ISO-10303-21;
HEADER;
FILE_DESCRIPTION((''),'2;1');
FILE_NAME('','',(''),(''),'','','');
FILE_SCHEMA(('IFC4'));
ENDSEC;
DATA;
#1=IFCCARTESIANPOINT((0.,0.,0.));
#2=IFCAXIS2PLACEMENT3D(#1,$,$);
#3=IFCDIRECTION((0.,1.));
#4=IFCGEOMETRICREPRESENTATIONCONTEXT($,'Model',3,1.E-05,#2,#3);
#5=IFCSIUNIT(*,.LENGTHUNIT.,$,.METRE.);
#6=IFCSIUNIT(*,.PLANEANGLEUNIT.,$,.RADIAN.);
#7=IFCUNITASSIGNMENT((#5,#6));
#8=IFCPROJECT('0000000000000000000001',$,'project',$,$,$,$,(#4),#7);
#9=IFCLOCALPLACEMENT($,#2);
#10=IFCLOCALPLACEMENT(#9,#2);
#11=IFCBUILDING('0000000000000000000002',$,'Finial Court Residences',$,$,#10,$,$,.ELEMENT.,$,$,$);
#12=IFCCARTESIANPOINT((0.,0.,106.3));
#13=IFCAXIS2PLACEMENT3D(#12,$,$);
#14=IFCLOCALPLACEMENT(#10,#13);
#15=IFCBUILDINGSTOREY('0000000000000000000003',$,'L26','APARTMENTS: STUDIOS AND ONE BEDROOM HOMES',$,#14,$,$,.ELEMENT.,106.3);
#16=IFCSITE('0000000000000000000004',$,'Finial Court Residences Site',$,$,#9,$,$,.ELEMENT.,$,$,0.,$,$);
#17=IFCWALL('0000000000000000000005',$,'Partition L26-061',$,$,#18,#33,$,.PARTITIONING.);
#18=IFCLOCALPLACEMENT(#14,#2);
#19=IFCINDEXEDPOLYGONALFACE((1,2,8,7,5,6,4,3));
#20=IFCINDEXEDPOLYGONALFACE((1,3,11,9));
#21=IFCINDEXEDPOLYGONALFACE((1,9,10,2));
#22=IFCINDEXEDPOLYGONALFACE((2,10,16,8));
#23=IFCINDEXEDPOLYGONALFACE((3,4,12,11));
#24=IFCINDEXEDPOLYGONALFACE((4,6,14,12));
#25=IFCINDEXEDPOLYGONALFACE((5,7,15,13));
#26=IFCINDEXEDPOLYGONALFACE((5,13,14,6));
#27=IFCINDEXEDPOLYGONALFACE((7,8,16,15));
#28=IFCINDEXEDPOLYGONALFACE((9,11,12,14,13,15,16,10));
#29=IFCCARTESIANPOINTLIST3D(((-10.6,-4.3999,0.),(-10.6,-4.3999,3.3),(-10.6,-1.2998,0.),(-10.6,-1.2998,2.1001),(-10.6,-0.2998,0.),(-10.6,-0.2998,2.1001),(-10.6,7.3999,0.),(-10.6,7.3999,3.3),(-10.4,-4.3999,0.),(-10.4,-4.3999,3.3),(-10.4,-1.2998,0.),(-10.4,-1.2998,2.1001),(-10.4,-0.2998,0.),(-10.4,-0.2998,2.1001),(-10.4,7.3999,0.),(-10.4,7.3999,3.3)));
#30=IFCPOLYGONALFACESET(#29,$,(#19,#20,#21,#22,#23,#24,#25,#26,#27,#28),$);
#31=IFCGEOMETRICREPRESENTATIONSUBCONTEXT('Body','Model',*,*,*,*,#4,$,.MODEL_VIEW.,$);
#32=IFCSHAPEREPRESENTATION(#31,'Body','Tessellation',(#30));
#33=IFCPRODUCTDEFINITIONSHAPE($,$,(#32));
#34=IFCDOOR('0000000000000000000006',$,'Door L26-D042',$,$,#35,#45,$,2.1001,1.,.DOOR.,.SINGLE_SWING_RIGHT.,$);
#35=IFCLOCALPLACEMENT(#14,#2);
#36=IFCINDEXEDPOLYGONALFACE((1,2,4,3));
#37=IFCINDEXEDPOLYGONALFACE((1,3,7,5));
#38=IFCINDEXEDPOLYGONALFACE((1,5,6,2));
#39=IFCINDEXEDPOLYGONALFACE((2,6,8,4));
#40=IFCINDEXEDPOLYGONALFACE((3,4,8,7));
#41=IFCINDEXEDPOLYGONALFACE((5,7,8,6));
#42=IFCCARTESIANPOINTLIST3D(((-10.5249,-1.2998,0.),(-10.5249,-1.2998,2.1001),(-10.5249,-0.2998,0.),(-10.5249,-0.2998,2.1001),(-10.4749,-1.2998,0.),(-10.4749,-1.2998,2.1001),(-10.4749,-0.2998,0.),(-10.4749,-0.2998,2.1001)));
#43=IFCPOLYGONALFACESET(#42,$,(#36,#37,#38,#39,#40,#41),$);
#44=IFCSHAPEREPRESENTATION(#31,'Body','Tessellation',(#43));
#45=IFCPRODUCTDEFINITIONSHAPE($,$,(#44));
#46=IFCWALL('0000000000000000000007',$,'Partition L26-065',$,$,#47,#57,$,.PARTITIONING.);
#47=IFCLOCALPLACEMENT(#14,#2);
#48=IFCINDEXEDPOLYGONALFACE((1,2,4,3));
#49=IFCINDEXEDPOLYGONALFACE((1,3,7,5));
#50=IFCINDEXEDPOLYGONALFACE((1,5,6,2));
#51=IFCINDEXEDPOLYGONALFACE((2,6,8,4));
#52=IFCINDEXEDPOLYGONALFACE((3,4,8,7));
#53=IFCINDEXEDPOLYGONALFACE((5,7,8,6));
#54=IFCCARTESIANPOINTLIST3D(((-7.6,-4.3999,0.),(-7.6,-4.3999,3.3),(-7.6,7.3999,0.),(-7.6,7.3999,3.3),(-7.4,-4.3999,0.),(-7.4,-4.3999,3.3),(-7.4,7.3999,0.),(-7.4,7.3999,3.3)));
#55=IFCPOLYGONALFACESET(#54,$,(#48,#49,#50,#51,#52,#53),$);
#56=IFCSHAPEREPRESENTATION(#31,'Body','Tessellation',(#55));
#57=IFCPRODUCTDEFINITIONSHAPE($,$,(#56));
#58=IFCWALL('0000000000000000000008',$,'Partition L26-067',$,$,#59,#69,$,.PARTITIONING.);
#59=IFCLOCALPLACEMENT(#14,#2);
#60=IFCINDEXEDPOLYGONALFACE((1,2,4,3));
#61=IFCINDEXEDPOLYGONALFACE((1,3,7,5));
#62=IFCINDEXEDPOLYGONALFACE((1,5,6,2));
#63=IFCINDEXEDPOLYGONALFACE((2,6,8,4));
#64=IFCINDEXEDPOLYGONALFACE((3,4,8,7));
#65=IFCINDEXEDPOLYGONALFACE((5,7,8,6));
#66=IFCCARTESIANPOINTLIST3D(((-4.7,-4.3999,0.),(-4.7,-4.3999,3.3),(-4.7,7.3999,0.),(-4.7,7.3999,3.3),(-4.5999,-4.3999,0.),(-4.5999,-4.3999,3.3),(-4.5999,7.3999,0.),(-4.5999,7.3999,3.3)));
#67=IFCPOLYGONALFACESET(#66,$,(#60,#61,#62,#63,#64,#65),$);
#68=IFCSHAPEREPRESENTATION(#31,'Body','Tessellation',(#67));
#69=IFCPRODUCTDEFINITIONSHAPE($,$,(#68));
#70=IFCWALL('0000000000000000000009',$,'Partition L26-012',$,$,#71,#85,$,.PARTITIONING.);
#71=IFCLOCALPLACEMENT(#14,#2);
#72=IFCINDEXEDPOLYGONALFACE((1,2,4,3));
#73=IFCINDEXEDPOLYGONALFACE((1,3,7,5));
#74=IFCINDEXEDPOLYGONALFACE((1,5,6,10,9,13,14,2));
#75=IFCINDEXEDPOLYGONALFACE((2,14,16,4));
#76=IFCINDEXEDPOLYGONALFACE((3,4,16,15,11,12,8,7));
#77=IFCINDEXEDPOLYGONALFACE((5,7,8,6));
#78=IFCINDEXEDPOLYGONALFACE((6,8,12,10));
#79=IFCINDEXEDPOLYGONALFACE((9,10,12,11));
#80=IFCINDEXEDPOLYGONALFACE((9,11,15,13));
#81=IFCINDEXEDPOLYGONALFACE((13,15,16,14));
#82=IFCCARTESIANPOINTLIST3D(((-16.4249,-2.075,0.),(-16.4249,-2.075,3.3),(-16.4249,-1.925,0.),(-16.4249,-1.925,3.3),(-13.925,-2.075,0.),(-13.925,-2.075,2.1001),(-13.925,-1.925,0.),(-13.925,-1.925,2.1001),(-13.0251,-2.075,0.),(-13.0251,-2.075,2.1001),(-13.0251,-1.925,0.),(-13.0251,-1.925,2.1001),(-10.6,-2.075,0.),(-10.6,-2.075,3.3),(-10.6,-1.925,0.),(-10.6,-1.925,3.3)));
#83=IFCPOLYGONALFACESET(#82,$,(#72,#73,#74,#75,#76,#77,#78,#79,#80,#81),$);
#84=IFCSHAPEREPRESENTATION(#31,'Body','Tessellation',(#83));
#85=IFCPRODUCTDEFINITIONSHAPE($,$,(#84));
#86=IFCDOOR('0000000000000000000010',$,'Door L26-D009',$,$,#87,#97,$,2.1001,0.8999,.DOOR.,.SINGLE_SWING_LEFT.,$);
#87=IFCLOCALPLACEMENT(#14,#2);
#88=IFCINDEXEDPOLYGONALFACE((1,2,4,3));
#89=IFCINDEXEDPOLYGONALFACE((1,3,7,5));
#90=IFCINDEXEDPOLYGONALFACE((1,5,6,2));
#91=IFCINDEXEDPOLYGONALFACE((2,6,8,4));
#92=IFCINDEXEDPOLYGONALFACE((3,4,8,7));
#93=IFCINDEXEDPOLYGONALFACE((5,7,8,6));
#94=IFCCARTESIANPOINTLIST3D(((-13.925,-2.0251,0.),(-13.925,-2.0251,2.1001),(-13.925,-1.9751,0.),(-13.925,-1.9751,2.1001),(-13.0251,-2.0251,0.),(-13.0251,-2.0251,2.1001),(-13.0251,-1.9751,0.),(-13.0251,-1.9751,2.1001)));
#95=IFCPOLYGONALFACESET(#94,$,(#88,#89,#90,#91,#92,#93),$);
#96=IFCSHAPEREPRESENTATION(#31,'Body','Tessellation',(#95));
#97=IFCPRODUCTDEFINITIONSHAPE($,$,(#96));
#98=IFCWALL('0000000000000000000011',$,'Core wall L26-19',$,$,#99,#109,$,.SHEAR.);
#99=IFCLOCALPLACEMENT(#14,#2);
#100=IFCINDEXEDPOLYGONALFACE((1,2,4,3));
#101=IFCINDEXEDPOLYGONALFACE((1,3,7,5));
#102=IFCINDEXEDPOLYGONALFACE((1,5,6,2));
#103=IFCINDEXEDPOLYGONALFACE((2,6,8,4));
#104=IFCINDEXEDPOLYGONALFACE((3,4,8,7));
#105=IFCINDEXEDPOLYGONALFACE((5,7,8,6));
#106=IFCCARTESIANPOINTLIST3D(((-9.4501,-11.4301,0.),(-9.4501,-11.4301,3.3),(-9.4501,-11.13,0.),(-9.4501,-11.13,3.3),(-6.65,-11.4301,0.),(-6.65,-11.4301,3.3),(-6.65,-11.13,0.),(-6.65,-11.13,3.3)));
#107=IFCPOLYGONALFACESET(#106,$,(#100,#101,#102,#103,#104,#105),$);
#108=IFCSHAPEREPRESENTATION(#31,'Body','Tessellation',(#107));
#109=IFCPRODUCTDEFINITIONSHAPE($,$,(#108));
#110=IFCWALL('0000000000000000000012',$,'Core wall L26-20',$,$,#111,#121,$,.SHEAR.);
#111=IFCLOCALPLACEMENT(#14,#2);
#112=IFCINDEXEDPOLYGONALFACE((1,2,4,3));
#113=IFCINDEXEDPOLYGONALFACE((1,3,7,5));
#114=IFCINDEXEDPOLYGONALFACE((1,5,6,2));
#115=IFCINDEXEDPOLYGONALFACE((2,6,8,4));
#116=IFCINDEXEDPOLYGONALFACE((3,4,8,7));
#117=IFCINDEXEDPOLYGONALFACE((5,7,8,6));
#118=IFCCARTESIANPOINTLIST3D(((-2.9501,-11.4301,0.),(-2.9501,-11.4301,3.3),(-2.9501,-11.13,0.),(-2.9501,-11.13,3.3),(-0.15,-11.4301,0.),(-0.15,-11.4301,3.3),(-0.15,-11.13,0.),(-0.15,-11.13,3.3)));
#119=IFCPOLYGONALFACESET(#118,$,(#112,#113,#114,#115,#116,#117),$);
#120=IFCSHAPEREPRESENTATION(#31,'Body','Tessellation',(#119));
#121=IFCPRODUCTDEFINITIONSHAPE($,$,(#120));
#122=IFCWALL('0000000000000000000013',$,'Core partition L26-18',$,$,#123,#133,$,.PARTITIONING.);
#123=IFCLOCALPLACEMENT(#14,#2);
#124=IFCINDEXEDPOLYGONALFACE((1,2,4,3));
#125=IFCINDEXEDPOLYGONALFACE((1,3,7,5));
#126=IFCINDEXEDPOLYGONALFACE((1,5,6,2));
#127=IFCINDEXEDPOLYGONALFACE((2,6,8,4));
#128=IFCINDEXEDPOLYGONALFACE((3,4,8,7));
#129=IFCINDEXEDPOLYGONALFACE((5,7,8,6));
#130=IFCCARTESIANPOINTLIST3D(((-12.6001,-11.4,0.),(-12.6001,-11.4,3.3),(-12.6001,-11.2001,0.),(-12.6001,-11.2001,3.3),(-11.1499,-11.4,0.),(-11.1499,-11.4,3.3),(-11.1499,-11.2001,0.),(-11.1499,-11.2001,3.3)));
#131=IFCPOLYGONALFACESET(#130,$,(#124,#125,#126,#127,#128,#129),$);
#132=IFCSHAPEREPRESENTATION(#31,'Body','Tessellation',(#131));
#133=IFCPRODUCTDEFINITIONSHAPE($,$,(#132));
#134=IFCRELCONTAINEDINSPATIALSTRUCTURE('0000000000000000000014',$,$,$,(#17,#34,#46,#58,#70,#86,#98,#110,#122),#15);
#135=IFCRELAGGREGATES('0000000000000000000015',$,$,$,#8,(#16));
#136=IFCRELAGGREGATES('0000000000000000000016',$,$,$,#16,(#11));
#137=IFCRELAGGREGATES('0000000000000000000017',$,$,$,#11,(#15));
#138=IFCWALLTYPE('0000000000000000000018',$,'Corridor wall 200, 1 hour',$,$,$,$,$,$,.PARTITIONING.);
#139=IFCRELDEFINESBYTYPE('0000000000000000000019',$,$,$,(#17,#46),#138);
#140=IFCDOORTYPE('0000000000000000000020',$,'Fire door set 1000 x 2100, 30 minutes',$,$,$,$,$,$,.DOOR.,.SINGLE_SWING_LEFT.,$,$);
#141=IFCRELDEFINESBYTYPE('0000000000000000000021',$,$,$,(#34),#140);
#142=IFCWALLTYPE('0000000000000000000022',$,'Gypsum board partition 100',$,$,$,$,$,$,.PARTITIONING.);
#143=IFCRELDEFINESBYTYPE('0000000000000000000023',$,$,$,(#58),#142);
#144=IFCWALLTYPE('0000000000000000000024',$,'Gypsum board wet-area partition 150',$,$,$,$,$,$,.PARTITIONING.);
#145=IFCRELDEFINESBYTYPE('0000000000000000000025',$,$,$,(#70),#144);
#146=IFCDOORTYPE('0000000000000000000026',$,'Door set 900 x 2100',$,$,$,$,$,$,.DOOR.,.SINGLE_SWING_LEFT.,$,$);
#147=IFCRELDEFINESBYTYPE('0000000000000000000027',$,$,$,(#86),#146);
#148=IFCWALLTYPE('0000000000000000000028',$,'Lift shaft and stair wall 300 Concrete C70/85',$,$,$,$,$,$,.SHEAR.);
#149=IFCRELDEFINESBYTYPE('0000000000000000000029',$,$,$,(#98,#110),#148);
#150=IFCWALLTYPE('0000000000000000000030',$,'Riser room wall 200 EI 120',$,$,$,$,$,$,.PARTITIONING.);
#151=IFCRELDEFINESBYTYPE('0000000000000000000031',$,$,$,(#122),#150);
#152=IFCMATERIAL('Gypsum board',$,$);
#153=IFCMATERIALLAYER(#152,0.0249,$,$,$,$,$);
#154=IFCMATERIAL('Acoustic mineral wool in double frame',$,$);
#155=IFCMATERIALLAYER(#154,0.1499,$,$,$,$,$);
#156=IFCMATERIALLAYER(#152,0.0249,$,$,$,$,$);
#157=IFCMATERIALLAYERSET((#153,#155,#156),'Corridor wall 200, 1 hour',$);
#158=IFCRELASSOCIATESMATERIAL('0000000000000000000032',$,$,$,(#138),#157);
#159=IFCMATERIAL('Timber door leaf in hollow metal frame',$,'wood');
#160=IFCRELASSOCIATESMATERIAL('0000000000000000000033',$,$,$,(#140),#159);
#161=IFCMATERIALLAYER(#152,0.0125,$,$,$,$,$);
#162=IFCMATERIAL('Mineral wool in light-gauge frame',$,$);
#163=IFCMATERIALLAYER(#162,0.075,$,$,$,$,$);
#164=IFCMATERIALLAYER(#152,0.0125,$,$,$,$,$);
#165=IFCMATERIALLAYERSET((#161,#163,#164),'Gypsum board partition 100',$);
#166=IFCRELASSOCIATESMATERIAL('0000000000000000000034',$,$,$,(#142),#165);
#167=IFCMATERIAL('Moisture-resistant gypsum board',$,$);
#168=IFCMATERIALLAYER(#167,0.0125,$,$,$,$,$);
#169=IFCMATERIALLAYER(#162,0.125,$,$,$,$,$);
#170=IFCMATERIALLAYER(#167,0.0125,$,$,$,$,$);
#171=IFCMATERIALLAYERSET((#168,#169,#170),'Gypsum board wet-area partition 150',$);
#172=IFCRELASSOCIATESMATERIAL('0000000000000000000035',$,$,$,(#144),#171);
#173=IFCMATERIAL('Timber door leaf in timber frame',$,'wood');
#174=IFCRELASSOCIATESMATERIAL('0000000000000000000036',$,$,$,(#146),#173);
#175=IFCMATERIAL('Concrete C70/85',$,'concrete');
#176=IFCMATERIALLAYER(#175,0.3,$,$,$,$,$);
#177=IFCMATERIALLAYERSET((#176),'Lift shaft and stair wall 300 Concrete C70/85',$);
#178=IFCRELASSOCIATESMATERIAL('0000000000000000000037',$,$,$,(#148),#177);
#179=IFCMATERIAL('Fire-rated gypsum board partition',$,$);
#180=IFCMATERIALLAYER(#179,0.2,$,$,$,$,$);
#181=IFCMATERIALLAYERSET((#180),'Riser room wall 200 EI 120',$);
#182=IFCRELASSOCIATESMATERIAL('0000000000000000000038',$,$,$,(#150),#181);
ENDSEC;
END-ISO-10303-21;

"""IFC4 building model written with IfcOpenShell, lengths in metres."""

from ifc_helpers import new_model, si_unit, direction, frame, frame_2d, origin, place, context, subcontext, project, spatial, rectangle, extrude, material, layer, layer_set, type_object, element, fill, save


model = new_model("IFC4")

# Units and contexts
model_context = context("Model", 3, precision=1e-05, world=origin(), true_north=direction((0.0, 1.0)))
body_context = subcontext(model_context, "Body", "Model", "MODEL_VIEW")
ifc_project = project(units=[si_unit("LENGTHUNIT", "METRE"), si_unit("PLANEANGLEUNIT", "RADIAN")], contexts=[model_context])

# Site, building, storey
site_placement = place(None, origin())
site = spatial("IfcSite", under=ifc_project, at=site_placement, Name="Finial Court Residences Site", CompositionType="ELEMENT", RefElevation=0.0)
building_placement = place(site_placement, origin())
building = spatial("IfcBuilding", under=site, at=building_placement, Name="Finial Court Residences", CompositionType="ELEMENT")
storey_placement = place(building_placement, frame((0.0, 0.0, 106.3)))
storey = spatial("IfcBuildingStorey", under=building, at=storey_placement, Name="L26", Description="APARTMENTS: STUDIOS AND ONE BEDROOM HOMES", CompositionType="ELEMENT", Elevation=106.3)

# Shared definitions
ifc_material_1 = material(Name="Concrete C70/85", Category="concrete")

# Shared definitions
ifc_material_2 = material(Name="Gypsum board")
ifc_layer_1 = layer(ifc_material_2, 0.0249)
ifc_material_3 = material(Name="Acoustic mineral wool in double frame")
ifc_layer_2 = layer(ifc_material_3, 0.1499)
ifc_layer_3 = layer(ifc_material_2, 0.0249)
ifc_layer_set_1 = layer_set([ifc_layer_1, ifc_layer_2, ifc_layer_3], Name="Corridor wall 200, 1 hour")
wall_type_1 = type_object("IfcWallType", Name="Corridor wall 200, 1 hour", PredefinedType="PARTITIONING", material=ifc_layer_set_1)
ifc_material_4 = material(Name="Timber door leaf in hollow metal frame", Category="wood")

# Wall, opening, door
wall_1_placement = place(storey_placement, frame((-10.5, -4.3999, 0.0), z_axis=(0.0, 0.0, 1.0), x_axis=(0.0, 1.0, 0.0)))
wall_1 = element("IfcWall", 1, at=wall_1_placement, inside=storey, type_object=wall_type_1, Name="Partition L26-061", PredefinedType="PARTITIONING", context=body_context, shape_type="SweptSolid", body=[
    extrude(rectangle(XDim=11.7998, YDim=0.2, at=frame_2d((5.8999, 0.0))), origin(), (0.0, 0.0, 1.0), 3.3),
])
opening_1_placement = place(wall_1_placement, frame((3.1001, 0.0, 0.0)))
opening_1 = element("IfcOpeningElement", 2, at=opening_1_placement, cuts=wall_1, PredefinedType="OPENING", context=body_context, shape_type="SweptSolid", body=[
    extrude(rectangle(XDim=1.0, YDim=2.1001, at=frame_2d((0.5, 1.05))), frame((0.0, 0.1099, 0.0), z_axis=(0.0, -1.0, 0.0), x_axis=(1.0, 0.0, 0.0)), (0.0, 0.0, 1.0), 0.22),
])
door_type_1 = type_object("IfcDoorType", Name="Fire door set 1000 x 2100, 30 minutes", OperationType="SINGLE_SWING_LEFT", PredefinedType="DOOR", material=ifc_material_4)
door_1_placement = place(opening_1_placement, origin())
door_1 = element("IfcDoor", 3, at=door_1_placement, inside=storey, type_object=door_type_1, Name="Door L26-D042", OperationType="SINGLE_SWING_RIGHT", OverallHeight=2.1001, OverallWidth=1.0, PredefinedType="DOOR", context=body_context, shape_type="SweptSolid", body=[
    extrude(rectangle(XDim=1.0, YDim=2.1001, at=frame_2d((0.5, 1.05))), frame((0.0, 0.0249, 0.0), z_axis=(0.0, -1.0, 0.0), x_axis=(1.0, 0.0, 0.0)), (0.0, 0.0, 1.0), 0.05),
])
fill(opening_1, door_1)

# Walls
wall_2_placement = place(storey_placement, frame((-7.5, -4.3999, 0.0), z_axis=(0.0, 0.0, 1.0), x_axis=(0.0, 1.0, 0.0)))
element("IfcWall", 4, at=wall_2_placement, inside=storey, type_object=wall_type_1, Name="Partition L26-065", PredefinedType="PARTITIONING", context=body_context, shape_type="SweptSolid", body=[
    extrude(rectangle(XDim=11.7998, YDim=0.2, at=frame_2d((5.8999, 0.0))), origin(), (0.0, 0.0, 1.0), 3.3),
])
ifc_layer_4 = layer(ifc_material_2, 0.0125)
ifc_material_5 = material(Name="Mineral wool in light-gauge frame")
ifc_layer_5 = layer(ifc_material_5, 0.075)
ifc_layer_6 = layer(ifc_material_2, 0.0125)
ifc_layer_set_2 = layer_set([ifc_layer_4, ifc_layer_5, ifc_layer_6], Name="Gypsum board partition 100")
wall_type_2 = type_object("IfcWallType", Name="Gypsum board partition 100", PredefinedType="PARTITIONING", material=ifc_layer_set_2)
wall_3_placement = place(storey_placement, frame((-4.6499, -4.3999, 0.0), z_axis=(0.0, 0.0, 1.0), x_axis=(0.0, 1.0, 0.0)))
element("IfcWall", 5, at=wall_3_placement, inside=storey, type_object=wall_type_2, Name="Partition L26-067", PredefinedType="PARTITIONING", context=body_context, shape_type="SweptSolid", body=[
    extrude(rectangle(XDim=11.7998, YDim=0.1001, at=frame_2d((5.8999, 0.0))), origin(), (0.0, 0.0, 1.0), 3.3),
])

# Wall, opening, door
ifc_material_6 = material(Name="Moisture-resistant gypsum board")
ifc_layer_7 = layer(ifc_material_6, 0.0125)
ifc_layer_8 = layer(ifc_material_5, 0.125)
ifc_layer_9 = layer(ifc_material_6, 0.0125)
ifc_layer_set_3 = layer_set([ifc_layer_7, ifc_layer_8, ifc_layer_9], Name="Gypsum board wet-area partition 150")
wall_type_3 = type_object("IfcWallType", Name="Gypsum board wet-area partition 150", PredefinedType="PARTITIONING", material=ifc_layer_set_3)
wall_4_placement = place(storey_placement, frame((-16.425, -2.0, 0.0), z_axis=(0.0, 0.0, 1.0), x_axis=(1.0, 0.0, 0.0)))
wall_4 = element("IfcWall", 6, at=wall_4_placement, inside=storey, type_object=wall_type_3, Name="Partition L26-012", PredefinedType="PARTITIONING", context=body_context, shape_type="SweptSolid", body=[
    extrude(rectangle(XDim=5.825, YDim=0.1499, at=frame_2d((2.9126, 0.0))), origin(), (0.0, 0.0, 1.0), 3.3),
])
opening_2_placement = place(wall_4_placement, frame((2.5, 0.0, 0.0)))
opening_2 = element("IfcOpeningElement", 7, at=opening_2_placement, cuts=wall_4, PredefinedType="OPENING", context=body_context, shape_type="SweptSolid", body=[
    extrude(rectangle(XDim=0.8999, YDim=2.1001, at=frame_2d((0.45, 1.05))), frame((0.0, 0.085, 0.0), z_axis=(0.0, -1.0, 0.0), x_axis=(1.0, 0.0, 0.0)), (0.0, 0.0, 1.0), 0.1699),
])
ifc_material_7 = material(Name="Timber door leaf in timber frame", Category="wood")
door_type_2 = type_object("IfcDoorType", Name="Door set 900 x 2100", OperationType="SINGLE_SWING_LEFT", PredefinedType="DOOR", material=ifc_material_7)
door_2_placement = place(opening_2_placement, origin())
door_2 = element("IfcDoor", 8, at=door_2_placement, inside=storey, type_object=door_type_2, Name="Door L26-D009", OperationType="SINGLE_SWING_LEFT", OverallHeight=2.1001, OverallWidth=0.8999, PredefinedType="DOOR", context=body_context, shape_type="SweptSolid", body=[
    extrude(rectangle(XDim=0.8999, YDim=2.1001, at=frame_2d((0.45, 1.05))), frame((0.0, 0.0249, 0.0), z_axis=(0.0, -1.0, 0.0), x_axis=(1.0, 0.0, 0.0)), (0.0, 0.0, 1.0), 0.05),
])
fill(opening_2, door_2)

# Walls
ifc_layer_10 = layer(ifc_material_1, 0.3)
ifc_layer_set_4 = layer_set([ifc_layer_10], Name="Lift shaft and stair wall 300 Concrete C70/85")
wall_type_4 = type_object("IfcWallType", Name="Lift shaft and stair wall 300 Concrete C70/85", PredefinedType="SHEAR", material=ifc_layer_set_4)
for number, where, z_axis, x_axis, name in (
    (9, (-9.45, -11.28, 0.0), (0.0, 0.0, 1.0), (1.0, 0.0, 0.0), "Core wall L26-19"),
    (10, (-2.95, -11.28, 0.0), (0.0, 0.0, 1.0), (1.0, 0.0, 0.0), "Core wall L26-20"),
):
    element("IfcWall", number, at=place(storey_placement, frame(where, z_axis=z_axis, x_axis=x_axis)), inside=storey, type_object=wall_type_4, Name=name, PredefinedType="SHEAR", context=body_context, shape_type="SweptSolid", body=[
        extrude(rectangle(XDim=2.8, YDim=0.3, at=frame_2d((1.3999, 0.0))), origin(), (0.0, 0.0, 1.0), 3.3),
    ])
ifc_material_8 = material(Name="Fire-rated gypsum board partition")
ifc_layer_11 = layer(ifc_material_8, 0.2)
ifc_layer_set_5 = layer_set([ifc_layer_11], Name="Riser room wall 200 EI 120")
wall_type_5 = type_object("IfcWallType", Name="Riser room wall 200 EI 120", PredefinedType="PARTITIONING", material=ifc_layer_set_5)
wall_5_placement = place(storey_placement, frame((-12.6001, -11.3, 0.0), z_axis=(0.0, 0.0, 1.0), x_axis=(1.0, 0.0, 0.0)))
element("IfcWall", 11, at=wall_5_placement, inside=storey, type_object=wall_type_5, Name="Core partition L26-18", PredefinedType="PARTITIONING", context=body_context, shape_type="SweptSolid", body=[
    extrude(rectangle(XDim=1.4502, YDim=0.2, at=frame_2d((0.7251, 0.0))), origin(), (0.0, 0.0, 1.0), 3.3),
])

save(model, "model.ifc")
